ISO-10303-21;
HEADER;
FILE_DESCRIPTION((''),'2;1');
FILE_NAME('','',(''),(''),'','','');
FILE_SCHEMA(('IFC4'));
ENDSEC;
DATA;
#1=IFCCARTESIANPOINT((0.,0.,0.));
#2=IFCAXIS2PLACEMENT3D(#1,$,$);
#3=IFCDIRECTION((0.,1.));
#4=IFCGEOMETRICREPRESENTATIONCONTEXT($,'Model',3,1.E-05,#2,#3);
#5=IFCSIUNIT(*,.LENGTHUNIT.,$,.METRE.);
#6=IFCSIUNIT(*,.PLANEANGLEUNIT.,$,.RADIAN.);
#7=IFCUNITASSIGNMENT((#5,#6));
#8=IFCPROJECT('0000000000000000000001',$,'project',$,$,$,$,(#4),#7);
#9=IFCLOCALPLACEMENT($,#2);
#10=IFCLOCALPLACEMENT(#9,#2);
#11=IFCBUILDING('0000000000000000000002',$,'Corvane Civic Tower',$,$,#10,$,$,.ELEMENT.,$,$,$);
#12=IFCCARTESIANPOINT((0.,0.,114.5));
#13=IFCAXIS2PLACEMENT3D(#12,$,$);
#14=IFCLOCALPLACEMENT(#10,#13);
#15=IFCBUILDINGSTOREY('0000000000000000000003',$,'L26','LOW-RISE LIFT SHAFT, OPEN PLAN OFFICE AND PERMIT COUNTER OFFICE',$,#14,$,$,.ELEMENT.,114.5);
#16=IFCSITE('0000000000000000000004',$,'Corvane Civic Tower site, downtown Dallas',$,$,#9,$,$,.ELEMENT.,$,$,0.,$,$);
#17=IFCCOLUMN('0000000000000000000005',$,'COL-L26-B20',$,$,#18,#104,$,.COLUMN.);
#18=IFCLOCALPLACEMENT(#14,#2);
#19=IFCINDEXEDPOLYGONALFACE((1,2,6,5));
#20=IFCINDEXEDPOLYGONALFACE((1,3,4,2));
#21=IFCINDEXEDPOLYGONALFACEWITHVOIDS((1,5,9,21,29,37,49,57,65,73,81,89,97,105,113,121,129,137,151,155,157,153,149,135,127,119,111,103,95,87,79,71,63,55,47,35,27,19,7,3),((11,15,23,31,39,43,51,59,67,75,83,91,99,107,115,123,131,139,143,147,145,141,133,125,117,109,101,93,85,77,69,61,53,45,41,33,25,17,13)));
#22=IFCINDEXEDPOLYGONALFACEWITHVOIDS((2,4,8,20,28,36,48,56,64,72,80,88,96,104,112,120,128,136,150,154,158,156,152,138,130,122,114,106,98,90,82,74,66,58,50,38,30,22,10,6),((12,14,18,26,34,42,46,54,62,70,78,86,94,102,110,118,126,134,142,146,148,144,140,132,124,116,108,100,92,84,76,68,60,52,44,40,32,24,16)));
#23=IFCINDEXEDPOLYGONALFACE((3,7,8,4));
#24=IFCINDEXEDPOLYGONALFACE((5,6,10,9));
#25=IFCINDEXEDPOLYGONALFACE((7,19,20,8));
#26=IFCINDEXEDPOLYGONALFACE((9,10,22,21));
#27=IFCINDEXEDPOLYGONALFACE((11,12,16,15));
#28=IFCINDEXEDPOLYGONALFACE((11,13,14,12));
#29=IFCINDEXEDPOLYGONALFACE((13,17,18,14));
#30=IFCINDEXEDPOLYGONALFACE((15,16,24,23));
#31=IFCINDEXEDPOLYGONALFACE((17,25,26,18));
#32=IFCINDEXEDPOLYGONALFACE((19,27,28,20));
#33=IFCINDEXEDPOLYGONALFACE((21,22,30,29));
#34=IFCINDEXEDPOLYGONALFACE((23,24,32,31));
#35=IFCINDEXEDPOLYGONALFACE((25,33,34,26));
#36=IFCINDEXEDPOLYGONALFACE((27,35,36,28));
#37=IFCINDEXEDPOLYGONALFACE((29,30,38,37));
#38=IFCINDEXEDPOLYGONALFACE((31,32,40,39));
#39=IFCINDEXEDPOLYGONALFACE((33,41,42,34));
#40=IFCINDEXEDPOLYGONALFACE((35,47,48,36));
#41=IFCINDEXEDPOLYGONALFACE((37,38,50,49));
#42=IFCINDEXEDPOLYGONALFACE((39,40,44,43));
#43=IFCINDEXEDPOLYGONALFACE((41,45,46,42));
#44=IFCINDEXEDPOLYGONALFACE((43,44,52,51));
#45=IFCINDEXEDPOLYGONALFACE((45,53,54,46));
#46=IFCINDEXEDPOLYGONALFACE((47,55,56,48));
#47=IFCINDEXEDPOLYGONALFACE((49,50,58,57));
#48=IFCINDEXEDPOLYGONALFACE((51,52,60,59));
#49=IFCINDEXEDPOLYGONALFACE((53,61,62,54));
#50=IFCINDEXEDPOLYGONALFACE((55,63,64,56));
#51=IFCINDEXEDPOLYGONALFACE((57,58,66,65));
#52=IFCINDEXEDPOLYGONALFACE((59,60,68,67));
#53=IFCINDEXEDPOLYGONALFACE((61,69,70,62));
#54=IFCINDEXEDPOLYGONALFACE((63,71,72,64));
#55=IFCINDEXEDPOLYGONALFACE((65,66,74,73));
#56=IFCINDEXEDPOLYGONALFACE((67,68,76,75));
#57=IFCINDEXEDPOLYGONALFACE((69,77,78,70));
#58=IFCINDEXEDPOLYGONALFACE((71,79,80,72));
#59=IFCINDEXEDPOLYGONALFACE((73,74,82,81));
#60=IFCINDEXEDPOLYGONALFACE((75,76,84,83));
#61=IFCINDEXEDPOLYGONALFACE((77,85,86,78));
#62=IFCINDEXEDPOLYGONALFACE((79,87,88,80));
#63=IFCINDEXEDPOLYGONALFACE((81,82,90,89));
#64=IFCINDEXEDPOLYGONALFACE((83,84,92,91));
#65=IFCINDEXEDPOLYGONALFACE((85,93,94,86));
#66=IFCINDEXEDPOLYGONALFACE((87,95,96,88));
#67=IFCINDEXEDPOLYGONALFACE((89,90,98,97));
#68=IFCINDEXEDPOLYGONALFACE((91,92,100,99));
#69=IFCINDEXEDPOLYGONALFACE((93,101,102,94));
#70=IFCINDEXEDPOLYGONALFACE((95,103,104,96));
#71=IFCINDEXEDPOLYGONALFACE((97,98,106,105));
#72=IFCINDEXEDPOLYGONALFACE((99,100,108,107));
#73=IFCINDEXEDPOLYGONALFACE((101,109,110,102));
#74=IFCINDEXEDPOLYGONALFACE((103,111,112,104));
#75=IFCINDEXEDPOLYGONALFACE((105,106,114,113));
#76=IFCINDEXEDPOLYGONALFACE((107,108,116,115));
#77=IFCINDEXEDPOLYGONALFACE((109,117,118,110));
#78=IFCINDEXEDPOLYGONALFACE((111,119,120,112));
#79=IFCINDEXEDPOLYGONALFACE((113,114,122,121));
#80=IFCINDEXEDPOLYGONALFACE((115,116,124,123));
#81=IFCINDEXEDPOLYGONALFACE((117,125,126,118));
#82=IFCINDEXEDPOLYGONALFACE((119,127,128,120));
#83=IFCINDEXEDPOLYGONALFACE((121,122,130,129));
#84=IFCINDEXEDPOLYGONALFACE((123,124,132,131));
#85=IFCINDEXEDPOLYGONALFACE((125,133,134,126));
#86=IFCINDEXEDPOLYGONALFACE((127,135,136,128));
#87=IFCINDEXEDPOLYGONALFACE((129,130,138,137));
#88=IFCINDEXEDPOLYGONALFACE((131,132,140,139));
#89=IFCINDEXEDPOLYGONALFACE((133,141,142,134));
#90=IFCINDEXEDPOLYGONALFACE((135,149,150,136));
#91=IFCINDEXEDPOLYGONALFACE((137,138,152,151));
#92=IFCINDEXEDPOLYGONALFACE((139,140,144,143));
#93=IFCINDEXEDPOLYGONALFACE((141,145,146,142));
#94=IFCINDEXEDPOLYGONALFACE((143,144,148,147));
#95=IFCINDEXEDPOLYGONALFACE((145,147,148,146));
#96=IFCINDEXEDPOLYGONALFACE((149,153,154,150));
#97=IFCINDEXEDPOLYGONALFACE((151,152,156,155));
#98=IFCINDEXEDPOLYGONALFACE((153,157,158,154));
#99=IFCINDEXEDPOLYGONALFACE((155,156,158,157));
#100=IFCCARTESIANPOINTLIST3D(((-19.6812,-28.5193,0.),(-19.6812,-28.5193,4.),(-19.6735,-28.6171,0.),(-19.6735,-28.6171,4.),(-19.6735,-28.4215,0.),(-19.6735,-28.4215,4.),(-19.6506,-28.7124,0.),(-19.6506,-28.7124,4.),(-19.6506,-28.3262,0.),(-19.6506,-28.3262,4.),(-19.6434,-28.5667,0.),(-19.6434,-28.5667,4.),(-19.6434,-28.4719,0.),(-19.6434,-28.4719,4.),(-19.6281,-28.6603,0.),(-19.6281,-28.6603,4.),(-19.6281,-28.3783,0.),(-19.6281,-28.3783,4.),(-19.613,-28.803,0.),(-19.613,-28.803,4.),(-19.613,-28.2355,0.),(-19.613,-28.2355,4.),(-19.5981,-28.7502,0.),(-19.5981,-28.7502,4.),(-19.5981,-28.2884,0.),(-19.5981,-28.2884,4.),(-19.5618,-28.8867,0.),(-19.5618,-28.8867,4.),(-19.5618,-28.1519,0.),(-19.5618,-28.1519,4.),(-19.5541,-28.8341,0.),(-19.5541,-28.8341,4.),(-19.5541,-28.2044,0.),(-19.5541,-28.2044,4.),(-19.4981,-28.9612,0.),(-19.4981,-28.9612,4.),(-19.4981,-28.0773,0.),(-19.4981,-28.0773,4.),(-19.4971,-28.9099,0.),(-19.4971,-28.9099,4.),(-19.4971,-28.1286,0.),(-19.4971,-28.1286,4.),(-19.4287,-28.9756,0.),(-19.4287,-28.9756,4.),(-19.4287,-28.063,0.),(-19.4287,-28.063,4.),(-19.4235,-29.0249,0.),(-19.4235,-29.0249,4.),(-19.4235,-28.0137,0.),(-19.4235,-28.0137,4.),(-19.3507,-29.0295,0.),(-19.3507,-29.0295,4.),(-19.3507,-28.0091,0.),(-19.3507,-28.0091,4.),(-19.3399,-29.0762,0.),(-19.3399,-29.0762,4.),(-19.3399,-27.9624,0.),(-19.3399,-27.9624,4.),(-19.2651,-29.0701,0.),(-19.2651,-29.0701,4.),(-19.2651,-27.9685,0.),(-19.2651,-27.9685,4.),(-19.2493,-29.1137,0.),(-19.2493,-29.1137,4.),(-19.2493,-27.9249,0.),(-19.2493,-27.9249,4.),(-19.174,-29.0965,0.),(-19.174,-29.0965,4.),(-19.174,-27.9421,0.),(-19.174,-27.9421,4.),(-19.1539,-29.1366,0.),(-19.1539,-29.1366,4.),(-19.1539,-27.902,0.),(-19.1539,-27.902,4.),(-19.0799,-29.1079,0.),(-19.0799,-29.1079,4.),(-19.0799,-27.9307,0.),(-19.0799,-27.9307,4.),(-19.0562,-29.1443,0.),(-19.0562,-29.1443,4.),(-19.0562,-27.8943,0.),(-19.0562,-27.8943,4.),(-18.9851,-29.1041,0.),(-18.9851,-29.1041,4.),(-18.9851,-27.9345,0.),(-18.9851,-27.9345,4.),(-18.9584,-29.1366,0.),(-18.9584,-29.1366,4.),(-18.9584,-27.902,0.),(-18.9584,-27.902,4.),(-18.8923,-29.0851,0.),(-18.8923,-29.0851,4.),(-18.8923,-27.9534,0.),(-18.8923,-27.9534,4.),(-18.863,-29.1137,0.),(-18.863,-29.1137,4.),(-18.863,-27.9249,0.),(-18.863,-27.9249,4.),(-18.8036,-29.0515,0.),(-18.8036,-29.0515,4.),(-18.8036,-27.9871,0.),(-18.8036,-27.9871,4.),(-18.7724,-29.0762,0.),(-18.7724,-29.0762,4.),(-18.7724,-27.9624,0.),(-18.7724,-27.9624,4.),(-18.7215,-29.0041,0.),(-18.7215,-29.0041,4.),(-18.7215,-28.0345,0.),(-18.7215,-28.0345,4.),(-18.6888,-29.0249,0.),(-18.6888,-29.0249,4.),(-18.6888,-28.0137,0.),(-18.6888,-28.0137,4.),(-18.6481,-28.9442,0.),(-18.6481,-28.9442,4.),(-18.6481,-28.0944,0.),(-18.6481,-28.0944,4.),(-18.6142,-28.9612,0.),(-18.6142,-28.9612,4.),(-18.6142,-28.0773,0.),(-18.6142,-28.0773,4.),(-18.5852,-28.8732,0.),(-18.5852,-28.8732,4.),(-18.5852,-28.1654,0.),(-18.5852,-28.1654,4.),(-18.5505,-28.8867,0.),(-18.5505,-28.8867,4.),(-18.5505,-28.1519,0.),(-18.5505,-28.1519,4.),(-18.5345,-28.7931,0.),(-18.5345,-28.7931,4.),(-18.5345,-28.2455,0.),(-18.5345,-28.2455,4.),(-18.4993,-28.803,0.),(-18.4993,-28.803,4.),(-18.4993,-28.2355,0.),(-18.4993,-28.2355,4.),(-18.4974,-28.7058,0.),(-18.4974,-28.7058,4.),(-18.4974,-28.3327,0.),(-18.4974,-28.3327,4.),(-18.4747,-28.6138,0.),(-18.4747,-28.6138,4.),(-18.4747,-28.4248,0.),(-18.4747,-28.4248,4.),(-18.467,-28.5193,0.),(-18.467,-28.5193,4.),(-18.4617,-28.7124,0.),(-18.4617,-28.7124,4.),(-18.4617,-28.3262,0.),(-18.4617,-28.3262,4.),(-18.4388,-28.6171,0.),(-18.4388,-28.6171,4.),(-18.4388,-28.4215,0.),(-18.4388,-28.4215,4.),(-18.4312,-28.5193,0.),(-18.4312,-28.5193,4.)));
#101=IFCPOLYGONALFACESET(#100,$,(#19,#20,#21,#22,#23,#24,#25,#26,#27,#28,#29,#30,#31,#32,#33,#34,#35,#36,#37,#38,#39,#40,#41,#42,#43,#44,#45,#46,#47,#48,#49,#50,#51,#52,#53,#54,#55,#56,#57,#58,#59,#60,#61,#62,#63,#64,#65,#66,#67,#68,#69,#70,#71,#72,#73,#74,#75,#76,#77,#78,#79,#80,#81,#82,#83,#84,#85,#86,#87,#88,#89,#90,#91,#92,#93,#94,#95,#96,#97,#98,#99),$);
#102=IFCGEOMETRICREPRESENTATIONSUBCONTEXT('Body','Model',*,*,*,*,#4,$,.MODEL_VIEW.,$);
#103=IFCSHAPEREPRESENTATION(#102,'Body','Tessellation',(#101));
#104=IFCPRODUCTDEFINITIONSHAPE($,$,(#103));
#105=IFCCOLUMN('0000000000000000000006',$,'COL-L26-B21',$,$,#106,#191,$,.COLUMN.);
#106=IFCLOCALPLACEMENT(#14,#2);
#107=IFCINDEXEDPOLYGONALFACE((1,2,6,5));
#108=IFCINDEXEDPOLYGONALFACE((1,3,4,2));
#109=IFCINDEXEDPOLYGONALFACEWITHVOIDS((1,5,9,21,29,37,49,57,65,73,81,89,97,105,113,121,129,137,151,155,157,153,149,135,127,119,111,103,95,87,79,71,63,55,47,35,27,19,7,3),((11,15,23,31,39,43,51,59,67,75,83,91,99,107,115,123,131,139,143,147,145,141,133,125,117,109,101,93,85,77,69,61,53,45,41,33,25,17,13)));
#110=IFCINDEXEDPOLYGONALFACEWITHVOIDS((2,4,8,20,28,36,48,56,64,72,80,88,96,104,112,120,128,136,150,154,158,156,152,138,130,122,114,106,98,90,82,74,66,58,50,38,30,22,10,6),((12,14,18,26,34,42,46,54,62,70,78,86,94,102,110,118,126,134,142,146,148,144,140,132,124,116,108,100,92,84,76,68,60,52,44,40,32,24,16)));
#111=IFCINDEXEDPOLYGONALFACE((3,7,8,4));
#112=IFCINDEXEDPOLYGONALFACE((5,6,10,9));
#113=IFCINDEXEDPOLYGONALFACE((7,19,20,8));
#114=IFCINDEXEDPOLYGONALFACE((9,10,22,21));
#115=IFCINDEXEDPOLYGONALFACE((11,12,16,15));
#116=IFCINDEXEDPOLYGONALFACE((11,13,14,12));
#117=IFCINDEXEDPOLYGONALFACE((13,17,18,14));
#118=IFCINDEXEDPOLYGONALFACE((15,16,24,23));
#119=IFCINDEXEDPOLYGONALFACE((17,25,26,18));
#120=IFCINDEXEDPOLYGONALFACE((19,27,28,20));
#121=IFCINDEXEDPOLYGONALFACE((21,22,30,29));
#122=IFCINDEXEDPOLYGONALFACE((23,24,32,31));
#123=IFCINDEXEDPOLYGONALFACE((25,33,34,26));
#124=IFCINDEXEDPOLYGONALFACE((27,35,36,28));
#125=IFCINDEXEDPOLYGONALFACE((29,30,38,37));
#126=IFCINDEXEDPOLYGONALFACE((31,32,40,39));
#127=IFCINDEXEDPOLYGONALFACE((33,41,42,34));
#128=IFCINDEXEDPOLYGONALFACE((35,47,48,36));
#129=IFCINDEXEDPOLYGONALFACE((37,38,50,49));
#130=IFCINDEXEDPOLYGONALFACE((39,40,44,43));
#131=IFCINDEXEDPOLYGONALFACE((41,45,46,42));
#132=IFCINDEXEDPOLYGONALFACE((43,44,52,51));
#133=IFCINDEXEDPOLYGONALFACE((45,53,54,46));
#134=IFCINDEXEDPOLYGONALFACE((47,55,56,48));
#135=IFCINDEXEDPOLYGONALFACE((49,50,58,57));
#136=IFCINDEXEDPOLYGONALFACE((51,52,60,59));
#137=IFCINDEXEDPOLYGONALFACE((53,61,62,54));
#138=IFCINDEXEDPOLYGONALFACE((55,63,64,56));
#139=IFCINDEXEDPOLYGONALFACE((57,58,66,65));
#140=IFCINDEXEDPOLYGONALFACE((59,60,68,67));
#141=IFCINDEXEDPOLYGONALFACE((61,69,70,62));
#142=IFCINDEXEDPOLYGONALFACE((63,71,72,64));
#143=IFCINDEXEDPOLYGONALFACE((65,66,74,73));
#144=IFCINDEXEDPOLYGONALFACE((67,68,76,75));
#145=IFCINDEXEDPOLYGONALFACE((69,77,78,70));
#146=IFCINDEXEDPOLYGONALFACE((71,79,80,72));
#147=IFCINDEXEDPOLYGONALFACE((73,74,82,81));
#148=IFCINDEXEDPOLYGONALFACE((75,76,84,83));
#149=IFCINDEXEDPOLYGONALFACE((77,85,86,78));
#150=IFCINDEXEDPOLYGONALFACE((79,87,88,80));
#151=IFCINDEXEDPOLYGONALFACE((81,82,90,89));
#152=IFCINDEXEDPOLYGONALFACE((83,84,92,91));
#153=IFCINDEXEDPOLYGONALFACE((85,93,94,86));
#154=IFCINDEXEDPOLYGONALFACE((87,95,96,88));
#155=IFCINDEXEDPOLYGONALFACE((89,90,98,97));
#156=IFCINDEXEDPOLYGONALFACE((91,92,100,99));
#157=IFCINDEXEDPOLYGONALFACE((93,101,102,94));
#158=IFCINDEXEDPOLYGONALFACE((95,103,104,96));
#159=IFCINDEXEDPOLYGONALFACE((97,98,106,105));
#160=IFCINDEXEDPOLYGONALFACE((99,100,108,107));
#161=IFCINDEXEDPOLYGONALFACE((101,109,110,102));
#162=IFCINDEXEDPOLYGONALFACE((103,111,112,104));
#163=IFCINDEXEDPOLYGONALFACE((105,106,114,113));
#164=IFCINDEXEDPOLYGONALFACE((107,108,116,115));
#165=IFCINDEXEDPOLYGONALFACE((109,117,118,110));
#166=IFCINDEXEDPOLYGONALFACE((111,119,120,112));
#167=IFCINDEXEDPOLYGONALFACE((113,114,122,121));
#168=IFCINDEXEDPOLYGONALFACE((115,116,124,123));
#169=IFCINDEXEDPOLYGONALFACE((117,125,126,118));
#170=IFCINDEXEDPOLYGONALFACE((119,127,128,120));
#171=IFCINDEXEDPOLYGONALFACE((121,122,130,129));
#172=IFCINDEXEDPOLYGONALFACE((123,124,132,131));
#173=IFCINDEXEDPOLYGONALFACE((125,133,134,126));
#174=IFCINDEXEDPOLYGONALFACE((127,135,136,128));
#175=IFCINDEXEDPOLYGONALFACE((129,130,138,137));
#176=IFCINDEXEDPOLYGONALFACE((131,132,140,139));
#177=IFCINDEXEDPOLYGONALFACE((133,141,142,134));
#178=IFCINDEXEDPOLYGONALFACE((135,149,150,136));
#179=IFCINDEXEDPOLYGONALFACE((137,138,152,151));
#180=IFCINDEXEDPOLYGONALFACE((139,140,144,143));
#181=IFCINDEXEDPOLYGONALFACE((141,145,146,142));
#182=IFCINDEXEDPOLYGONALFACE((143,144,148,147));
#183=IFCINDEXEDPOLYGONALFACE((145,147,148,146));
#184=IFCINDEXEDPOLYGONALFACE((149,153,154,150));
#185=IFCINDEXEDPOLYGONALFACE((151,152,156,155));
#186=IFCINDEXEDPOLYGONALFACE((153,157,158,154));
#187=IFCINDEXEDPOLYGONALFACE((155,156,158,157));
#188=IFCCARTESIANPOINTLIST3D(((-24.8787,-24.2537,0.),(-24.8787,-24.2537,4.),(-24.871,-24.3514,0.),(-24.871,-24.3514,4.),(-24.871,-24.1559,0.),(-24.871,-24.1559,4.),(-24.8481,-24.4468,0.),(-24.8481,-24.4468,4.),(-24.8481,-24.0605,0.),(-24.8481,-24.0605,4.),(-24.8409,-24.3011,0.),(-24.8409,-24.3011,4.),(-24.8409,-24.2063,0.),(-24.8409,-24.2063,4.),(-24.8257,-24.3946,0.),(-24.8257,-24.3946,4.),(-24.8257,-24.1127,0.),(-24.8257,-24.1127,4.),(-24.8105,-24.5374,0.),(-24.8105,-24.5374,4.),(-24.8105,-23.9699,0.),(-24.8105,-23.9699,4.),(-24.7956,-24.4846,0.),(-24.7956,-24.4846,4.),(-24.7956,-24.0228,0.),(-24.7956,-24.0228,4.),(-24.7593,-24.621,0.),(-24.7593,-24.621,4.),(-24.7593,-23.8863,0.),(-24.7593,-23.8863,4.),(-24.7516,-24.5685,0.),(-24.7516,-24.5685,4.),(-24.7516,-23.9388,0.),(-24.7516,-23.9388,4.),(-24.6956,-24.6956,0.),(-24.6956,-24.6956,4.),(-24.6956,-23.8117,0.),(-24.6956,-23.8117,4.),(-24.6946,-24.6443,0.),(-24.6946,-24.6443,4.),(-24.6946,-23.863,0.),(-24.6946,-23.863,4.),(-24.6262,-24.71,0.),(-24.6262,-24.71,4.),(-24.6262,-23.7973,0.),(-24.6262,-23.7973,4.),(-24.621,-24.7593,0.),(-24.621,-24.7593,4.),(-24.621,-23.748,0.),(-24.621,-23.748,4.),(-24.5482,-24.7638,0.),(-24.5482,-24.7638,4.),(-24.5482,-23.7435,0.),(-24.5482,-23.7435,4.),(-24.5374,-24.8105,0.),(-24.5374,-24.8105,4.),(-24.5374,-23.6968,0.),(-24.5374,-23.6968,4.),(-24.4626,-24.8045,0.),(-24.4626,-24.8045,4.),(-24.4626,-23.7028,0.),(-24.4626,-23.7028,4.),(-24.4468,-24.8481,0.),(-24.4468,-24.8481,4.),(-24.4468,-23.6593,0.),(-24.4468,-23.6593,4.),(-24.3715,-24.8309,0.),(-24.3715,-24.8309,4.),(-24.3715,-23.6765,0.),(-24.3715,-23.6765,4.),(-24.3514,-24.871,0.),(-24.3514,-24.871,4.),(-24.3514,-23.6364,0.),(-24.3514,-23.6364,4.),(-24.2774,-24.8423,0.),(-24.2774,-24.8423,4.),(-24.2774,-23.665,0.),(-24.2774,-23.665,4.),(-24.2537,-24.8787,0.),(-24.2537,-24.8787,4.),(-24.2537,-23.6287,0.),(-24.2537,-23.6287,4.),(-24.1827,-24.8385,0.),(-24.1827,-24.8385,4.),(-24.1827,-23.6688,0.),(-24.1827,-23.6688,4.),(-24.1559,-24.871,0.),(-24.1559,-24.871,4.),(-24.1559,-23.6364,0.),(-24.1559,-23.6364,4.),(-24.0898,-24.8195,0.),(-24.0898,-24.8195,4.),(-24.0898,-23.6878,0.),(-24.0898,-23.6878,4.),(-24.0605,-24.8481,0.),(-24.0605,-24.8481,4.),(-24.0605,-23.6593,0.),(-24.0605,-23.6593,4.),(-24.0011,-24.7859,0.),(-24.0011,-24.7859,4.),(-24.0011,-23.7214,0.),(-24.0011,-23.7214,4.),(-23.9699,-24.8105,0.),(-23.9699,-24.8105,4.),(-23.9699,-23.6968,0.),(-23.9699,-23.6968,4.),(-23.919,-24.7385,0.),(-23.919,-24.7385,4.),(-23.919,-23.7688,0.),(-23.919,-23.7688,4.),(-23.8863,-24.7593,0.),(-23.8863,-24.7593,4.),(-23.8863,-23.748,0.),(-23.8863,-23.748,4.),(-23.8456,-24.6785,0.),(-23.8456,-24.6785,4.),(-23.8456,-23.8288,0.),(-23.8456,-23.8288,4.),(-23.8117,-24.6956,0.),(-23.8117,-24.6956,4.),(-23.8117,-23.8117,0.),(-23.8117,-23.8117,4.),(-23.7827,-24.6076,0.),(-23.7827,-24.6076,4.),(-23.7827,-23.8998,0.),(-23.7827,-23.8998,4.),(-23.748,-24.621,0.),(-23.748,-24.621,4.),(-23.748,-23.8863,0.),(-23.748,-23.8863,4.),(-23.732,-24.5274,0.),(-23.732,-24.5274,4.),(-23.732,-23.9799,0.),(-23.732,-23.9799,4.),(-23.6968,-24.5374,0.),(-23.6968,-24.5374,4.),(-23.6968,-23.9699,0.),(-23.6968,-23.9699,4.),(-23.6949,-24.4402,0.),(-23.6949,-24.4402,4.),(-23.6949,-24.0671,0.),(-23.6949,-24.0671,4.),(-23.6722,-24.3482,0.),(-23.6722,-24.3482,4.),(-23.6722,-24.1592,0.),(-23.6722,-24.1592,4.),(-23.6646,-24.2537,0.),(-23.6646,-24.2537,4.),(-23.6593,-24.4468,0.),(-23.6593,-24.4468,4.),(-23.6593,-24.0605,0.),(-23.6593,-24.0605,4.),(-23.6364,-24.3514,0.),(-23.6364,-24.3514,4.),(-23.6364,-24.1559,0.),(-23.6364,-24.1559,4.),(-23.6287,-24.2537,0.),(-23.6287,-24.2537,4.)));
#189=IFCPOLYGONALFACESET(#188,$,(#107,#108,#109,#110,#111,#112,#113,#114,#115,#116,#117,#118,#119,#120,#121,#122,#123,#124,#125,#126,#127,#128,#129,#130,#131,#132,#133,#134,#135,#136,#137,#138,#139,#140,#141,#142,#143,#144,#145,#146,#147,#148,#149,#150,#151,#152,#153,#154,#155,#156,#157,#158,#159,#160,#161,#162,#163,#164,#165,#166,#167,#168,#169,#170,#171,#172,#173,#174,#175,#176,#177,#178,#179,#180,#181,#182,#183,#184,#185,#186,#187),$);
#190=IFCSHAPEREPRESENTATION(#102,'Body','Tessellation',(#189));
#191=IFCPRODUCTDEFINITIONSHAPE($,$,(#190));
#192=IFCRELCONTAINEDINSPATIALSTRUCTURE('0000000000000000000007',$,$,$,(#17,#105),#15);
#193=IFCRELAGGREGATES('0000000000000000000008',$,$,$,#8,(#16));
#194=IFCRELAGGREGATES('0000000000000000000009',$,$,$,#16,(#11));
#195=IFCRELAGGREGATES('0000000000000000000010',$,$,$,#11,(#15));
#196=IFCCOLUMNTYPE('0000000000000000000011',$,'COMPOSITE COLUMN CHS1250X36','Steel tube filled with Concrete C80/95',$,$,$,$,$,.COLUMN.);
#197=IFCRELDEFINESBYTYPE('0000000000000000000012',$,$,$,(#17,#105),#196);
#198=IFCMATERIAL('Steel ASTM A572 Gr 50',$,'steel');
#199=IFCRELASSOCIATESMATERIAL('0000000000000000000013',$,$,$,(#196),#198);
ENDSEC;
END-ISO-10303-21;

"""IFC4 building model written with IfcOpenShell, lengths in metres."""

from ifc_helpers import new_model, si_unit, direction, frame, origin, origin_2d, place, context, subcontext, project, spatial, hollow_circle, extrude, material, material_profile, profile_set, type_object, element, save


model = new_model("IFC4")

# Units and contexts
model_context = context("Model", 3, precision=1e-05, world=origin(), true_north=direction((0.0, 1.0)))
body_context = subcontext(model_context, "Body", "Model", "MODEL_VIEW")
ifc_project = project(units=[si_unit("LENGTHUNIT", "METRE"), si_unit("PLANEANGLEUNIT", "RADIAN")], contexts=[model_context])

# Site, building, storey
site_placement = place(None, origin())
site = spatial("IfcSite", under=ifc_project, at=site_placement, Name="Corvane Civic Tower site, downtown Dallas", CompositionType="ELEMENT", RefElevation=0.0)
building_placement = place(site_placement, origin())
building = spatial("IfcBuilding", under=site, at=building_placement, Name="Corvane Civic Tower", CompositionType="ELEMENT")
storey_placement = place(building_placement, frame((0.0, 0.0, 114.5)))
storey = spatial("IfcBuildingStorey", under=building, at=storey_placement, Name="L26", Description="LOW-RISE LIFT SHAFT, OPEN PLAN OFFICE AND PERMIT COUNTER OFFICE", CompositionType="ELEMENT", Elevation=114.5)

# Columns
ifc_material_1 = material(Name="Steel ASTM A572 Gr 50", Category="steel")
ifc_material_profile_1 = material_profile(ifc_material_1, hollow_circle(Radius=0.625, WallThickness=0.0359, at=origin_2d()), Name="CHS1250X36")
ifc_profile_set_1 = profile_set([ifc_material_profile_1], Name="Steel ASTM A572 Gr 50")
column_type = type_object("IfcColumnType", Name="COMPOSITE COLUMN CHS1250X36", Description="Steel tube filled with Concrete C80/95", PredefinedType="COLUMN", material=ifc_profile_set_1)
for number, where, z_axis, x_axis, name in (
    (1, (-19.0562, -28.5193, 0.0), (0.0, 0.0, 1.0), (1.0, 0.0, 0.0), "COL-L26-B20"),
    (2, (-24.2537, -24.2537, 0.0), (0.0, 0.0, 1.0), (1.0, 0.0, 0.0), "COL-L26-B21"),
):
    element("IfcColumn", number, at=place(storey_placement, frame(where, z_axis=z_axis, x_axis=x_axis)), inside=storey, type_object=column_type, Name=name, PredefinedType="COLUMN", context=body_context, shape_type="SweptSolid", body=[
        extrude(hollow_circle(Radius=0.625, WallThickness=0.0359, at=origin_2d()), origin(), (0.0, 0.0, 1.0), 4.0),
    ])

save(model, "model.ifc")
